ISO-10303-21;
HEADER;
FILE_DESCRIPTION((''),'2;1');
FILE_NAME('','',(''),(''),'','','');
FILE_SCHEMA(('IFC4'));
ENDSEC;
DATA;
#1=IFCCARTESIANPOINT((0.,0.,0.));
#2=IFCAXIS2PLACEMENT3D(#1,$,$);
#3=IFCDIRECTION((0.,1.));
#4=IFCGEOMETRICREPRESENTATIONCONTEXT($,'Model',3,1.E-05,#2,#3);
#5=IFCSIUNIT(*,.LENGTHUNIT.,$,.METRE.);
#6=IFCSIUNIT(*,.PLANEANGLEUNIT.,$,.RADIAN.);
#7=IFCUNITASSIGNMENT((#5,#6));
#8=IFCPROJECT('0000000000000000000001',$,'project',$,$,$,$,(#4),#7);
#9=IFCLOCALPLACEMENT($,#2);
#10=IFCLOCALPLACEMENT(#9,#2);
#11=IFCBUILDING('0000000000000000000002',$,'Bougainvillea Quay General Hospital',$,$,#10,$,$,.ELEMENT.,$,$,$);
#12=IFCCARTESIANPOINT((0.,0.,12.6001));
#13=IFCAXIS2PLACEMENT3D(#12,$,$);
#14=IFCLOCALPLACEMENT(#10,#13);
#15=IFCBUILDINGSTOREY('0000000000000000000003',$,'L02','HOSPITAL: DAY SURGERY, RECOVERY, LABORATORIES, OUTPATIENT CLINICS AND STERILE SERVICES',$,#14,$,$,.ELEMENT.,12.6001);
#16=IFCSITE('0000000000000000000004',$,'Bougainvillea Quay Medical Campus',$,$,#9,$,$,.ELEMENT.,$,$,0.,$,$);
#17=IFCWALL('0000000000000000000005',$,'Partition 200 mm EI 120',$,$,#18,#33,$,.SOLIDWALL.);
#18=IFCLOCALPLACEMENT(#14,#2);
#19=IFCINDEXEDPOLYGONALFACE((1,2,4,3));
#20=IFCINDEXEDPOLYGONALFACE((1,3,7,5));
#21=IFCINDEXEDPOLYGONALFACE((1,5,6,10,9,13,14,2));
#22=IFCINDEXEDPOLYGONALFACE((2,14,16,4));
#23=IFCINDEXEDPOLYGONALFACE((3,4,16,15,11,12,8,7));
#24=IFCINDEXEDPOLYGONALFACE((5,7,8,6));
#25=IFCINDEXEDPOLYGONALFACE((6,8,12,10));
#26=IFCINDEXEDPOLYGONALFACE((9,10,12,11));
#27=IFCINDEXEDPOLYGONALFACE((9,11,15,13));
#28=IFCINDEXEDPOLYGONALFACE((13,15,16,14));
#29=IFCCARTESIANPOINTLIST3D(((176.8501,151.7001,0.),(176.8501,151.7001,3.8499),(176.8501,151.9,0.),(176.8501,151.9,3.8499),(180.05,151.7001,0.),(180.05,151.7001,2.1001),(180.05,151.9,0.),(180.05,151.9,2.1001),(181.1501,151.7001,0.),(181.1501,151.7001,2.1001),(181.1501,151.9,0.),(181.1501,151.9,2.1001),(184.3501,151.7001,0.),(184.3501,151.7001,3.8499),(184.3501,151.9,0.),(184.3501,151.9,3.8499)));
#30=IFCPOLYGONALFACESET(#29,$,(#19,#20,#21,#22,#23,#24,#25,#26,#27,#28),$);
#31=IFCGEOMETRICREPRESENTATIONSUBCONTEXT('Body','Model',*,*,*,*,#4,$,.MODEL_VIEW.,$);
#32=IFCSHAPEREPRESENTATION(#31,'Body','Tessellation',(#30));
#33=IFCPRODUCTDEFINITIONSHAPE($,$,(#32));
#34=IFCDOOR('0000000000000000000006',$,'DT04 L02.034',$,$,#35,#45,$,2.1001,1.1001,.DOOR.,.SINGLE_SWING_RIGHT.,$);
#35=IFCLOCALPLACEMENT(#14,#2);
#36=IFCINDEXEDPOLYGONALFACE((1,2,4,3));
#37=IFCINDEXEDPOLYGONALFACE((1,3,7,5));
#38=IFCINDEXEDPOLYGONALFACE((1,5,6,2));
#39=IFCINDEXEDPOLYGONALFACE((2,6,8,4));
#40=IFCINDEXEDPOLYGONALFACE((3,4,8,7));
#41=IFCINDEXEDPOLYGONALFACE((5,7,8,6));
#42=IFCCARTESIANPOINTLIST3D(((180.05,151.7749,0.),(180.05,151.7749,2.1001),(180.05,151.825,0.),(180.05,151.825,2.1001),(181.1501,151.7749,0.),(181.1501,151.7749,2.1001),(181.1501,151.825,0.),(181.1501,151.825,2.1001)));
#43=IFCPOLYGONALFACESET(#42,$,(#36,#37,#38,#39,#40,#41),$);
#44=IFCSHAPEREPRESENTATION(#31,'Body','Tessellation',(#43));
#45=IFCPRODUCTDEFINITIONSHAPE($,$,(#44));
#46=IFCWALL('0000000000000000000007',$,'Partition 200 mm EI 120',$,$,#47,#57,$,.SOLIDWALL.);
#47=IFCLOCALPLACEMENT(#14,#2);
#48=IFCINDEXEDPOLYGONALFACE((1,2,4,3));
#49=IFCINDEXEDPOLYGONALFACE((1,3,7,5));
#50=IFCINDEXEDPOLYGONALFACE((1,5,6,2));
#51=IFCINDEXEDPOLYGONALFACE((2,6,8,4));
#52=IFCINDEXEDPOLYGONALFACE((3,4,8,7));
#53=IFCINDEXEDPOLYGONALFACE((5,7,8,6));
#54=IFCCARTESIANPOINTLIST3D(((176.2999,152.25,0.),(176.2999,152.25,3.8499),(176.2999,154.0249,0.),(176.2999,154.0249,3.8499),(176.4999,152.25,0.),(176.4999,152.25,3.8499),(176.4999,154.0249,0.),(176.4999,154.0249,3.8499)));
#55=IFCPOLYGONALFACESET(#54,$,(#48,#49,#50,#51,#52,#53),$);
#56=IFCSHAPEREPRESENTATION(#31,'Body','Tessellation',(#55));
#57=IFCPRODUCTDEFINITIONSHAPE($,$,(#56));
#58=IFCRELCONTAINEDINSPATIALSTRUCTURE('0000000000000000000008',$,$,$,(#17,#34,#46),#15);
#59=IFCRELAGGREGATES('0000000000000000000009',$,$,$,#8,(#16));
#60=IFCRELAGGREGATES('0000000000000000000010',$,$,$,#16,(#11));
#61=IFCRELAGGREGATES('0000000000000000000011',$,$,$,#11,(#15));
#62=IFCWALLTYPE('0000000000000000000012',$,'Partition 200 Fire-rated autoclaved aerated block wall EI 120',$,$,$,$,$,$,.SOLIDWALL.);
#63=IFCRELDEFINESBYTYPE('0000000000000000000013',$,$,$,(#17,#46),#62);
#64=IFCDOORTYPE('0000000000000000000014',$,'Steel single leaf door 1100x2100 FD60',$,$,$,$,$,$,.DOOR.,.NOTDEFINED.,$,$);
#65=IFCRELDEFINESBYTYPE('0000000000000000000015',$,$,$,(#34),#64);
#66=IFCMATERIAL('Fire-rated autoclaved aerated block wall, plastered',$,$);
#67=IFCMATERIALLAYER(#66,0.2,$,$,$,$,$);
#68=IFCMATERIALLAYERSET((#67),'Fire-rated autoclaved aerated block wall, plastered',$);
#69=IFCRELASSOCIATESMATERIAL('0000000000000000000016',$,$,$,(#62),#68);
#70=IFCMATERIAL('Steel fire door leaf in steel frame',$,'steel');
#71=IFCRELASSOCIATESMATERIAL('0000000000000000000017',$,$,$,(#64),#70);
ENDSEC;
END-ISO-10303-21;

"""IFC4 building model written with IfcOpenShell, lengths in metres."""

from ifc_helpers import new_model, si_unit, direction, frame, frame_2d, origin, place, context, subcontext, project, spatial, rectangle, extrude, material, layer, layer_set, type_object, element, fill, save


model = new_model("IFC4")

# Units and contexts
model_context = context("Model", 3, precision=1e-05, world=origin(), true_north=direction((0.0, 1.0)))
body_context = subcontext(model_context, "Body", "Model", "MODEL_VIEW")
ifc_project = project(units=[si_unit("LENGTHUNIT", "METRE"), si_unit("PLANEANGLEUNIT", "RADIAN")], contexts=[model_context])

# Site, building, storey
site_placement = place(None, origin())
site = spatial("IfcSite", under=ifc_project, at=site_placement, Name="Bougainvillea Quay Medical Campus", CompositionType="ELEMENT", RefElevation=0.0)
building_placement = place(site_placement, origin())
building = spatial("IfcBuilding", under=site, at=building_placement, Name="Bougainvillea Quay General Hospital", CompositionType="ELEMENT")
storey_placement = place(building_placement, frame((0.0, 0.0, 12.6001)))
storey = spatial("IfcBuildingStorey", under=building, at=storey_placement, Name="L02", Description="HOSPITAL: DAY SURGERY, RECOVERY, LABORATORIES, OUTPATIENT CLINICS AND STERILE SERVICES", CompositionType="ELEMENT", Elevation=12.6001)

# Wall, opening, door
ifc_material_1 = material(Name="Fire-rated autoclaved aerated block wall, plastered")
ifc_layer_1 = layer(ifc_material_1, 0.2)
ifc_layer_set_1 = layer_set([ifc_layer_1], Name="Fire-rated autoclaved aerated block wall, plastered")
wall_type_1 = type_object("IfcWallType", Name="Partition 200 Fire-rated autoclaved aerated block wall EI 120", PredefinedType="SOLIDWALL", material=ifc_layer_set_1)
wall_1_placement = place(storey_placement, frame((176.8501, 151.8, 0.0), z_axis=(0.0, 0.0, 1.0), x_axis=(1.0, 0.0, 0.0)))
wall_1 = element("IfcWall", 1, at=wall_1_placement, inside=storey, type_object=wall_type_1, Name="Partition 200 mm EI 120", PredefinedType="SOLIDWALL", context=body_context, shape_type="SweptSolid", body=[
    extrude(rectangle(XDim=7.5, YDim=0.2, at=frame_2d((3.75, 0.0))), origin(), (0.0, 0.0, 1.0), 3.8499),
])
opening_1_placement = place(wall_1_placement, frame((3.2, 0.0, 0.0)))
opening_1 = element("IfcOpeningElement", 2, at=opening_1_placement, cuts=wall_1, PredefinedType="OPENING", context=body_context, shape_type="SweptSolid", body=[
    extrude(rectangle(XDim=1.1001, YDim=2.1001, at=frame_2d((0.55, 1.05))), frame((0.0, 0.1099, 0.0), z_axis=(0.0, -1.0, 0.0), x_axis=(1.0, 0.0, 0.0)), (0.0, 0.0, 1.0), 0.22),
])
ifc_material_2 = material(Name="Steel fire door leaf in steel frame", Category="steel")
door_type_1 = type_object("IfcDoorType", Name="Steel single leaf door 1100x2100 FD60", OperationType="NOTDEFINED", PredefinedType="DOOR", material=ifc_material_2)
door_1_placement = place(opening_1_placement, origin())
door_1 = element("IfcDoor", 3, at=door_1_placement, inside=storey, type_object=door_type_1, Name="DT04 L02.034", OperationType="SINGLE_SWING_RIGHT", OverallHeight=2.1001, OverallWidth=1.1001, PredefinedType="DOOR", context=body_context, shape_type="SweptSolid", body=[
    extrude(rectangle(XDim=1.1001, YDim=2.1001, at=frame_2d((0.55, 1.05))), frame((0.0, 0.0249, 0.0), z_axis=(0.0, -1.0, 0.0), x_axis=(1.0, 0.0, 0.0)), (0.0, 0.0, 1.0), 0.05),
])
fill(opening_1, door_1)

# Wall
wall_2_placement = place(storey_placement, frame((176.3999, 152.25, 0.0), z_axis=(0.0, 0.0, 1.0), x_axis=(0.0, 1.0, 0.0)))
element("IfcWall", 4, at=wall_2_placement, inside=storey, type_object=wall_type_1, Name="Partition 200 mm EI 120", PredefinedType="SOLIDWALL", context=body_context, shape_type="SweptSolid", body=[
    extrude(rectangle(XDim=1.7749, YDim=0.2, at=frame_2d((0.8875, 0.0))), origin(), (0.0, 0.0, 1.0), 3.8499),
])

save(model, "model.ifc")
